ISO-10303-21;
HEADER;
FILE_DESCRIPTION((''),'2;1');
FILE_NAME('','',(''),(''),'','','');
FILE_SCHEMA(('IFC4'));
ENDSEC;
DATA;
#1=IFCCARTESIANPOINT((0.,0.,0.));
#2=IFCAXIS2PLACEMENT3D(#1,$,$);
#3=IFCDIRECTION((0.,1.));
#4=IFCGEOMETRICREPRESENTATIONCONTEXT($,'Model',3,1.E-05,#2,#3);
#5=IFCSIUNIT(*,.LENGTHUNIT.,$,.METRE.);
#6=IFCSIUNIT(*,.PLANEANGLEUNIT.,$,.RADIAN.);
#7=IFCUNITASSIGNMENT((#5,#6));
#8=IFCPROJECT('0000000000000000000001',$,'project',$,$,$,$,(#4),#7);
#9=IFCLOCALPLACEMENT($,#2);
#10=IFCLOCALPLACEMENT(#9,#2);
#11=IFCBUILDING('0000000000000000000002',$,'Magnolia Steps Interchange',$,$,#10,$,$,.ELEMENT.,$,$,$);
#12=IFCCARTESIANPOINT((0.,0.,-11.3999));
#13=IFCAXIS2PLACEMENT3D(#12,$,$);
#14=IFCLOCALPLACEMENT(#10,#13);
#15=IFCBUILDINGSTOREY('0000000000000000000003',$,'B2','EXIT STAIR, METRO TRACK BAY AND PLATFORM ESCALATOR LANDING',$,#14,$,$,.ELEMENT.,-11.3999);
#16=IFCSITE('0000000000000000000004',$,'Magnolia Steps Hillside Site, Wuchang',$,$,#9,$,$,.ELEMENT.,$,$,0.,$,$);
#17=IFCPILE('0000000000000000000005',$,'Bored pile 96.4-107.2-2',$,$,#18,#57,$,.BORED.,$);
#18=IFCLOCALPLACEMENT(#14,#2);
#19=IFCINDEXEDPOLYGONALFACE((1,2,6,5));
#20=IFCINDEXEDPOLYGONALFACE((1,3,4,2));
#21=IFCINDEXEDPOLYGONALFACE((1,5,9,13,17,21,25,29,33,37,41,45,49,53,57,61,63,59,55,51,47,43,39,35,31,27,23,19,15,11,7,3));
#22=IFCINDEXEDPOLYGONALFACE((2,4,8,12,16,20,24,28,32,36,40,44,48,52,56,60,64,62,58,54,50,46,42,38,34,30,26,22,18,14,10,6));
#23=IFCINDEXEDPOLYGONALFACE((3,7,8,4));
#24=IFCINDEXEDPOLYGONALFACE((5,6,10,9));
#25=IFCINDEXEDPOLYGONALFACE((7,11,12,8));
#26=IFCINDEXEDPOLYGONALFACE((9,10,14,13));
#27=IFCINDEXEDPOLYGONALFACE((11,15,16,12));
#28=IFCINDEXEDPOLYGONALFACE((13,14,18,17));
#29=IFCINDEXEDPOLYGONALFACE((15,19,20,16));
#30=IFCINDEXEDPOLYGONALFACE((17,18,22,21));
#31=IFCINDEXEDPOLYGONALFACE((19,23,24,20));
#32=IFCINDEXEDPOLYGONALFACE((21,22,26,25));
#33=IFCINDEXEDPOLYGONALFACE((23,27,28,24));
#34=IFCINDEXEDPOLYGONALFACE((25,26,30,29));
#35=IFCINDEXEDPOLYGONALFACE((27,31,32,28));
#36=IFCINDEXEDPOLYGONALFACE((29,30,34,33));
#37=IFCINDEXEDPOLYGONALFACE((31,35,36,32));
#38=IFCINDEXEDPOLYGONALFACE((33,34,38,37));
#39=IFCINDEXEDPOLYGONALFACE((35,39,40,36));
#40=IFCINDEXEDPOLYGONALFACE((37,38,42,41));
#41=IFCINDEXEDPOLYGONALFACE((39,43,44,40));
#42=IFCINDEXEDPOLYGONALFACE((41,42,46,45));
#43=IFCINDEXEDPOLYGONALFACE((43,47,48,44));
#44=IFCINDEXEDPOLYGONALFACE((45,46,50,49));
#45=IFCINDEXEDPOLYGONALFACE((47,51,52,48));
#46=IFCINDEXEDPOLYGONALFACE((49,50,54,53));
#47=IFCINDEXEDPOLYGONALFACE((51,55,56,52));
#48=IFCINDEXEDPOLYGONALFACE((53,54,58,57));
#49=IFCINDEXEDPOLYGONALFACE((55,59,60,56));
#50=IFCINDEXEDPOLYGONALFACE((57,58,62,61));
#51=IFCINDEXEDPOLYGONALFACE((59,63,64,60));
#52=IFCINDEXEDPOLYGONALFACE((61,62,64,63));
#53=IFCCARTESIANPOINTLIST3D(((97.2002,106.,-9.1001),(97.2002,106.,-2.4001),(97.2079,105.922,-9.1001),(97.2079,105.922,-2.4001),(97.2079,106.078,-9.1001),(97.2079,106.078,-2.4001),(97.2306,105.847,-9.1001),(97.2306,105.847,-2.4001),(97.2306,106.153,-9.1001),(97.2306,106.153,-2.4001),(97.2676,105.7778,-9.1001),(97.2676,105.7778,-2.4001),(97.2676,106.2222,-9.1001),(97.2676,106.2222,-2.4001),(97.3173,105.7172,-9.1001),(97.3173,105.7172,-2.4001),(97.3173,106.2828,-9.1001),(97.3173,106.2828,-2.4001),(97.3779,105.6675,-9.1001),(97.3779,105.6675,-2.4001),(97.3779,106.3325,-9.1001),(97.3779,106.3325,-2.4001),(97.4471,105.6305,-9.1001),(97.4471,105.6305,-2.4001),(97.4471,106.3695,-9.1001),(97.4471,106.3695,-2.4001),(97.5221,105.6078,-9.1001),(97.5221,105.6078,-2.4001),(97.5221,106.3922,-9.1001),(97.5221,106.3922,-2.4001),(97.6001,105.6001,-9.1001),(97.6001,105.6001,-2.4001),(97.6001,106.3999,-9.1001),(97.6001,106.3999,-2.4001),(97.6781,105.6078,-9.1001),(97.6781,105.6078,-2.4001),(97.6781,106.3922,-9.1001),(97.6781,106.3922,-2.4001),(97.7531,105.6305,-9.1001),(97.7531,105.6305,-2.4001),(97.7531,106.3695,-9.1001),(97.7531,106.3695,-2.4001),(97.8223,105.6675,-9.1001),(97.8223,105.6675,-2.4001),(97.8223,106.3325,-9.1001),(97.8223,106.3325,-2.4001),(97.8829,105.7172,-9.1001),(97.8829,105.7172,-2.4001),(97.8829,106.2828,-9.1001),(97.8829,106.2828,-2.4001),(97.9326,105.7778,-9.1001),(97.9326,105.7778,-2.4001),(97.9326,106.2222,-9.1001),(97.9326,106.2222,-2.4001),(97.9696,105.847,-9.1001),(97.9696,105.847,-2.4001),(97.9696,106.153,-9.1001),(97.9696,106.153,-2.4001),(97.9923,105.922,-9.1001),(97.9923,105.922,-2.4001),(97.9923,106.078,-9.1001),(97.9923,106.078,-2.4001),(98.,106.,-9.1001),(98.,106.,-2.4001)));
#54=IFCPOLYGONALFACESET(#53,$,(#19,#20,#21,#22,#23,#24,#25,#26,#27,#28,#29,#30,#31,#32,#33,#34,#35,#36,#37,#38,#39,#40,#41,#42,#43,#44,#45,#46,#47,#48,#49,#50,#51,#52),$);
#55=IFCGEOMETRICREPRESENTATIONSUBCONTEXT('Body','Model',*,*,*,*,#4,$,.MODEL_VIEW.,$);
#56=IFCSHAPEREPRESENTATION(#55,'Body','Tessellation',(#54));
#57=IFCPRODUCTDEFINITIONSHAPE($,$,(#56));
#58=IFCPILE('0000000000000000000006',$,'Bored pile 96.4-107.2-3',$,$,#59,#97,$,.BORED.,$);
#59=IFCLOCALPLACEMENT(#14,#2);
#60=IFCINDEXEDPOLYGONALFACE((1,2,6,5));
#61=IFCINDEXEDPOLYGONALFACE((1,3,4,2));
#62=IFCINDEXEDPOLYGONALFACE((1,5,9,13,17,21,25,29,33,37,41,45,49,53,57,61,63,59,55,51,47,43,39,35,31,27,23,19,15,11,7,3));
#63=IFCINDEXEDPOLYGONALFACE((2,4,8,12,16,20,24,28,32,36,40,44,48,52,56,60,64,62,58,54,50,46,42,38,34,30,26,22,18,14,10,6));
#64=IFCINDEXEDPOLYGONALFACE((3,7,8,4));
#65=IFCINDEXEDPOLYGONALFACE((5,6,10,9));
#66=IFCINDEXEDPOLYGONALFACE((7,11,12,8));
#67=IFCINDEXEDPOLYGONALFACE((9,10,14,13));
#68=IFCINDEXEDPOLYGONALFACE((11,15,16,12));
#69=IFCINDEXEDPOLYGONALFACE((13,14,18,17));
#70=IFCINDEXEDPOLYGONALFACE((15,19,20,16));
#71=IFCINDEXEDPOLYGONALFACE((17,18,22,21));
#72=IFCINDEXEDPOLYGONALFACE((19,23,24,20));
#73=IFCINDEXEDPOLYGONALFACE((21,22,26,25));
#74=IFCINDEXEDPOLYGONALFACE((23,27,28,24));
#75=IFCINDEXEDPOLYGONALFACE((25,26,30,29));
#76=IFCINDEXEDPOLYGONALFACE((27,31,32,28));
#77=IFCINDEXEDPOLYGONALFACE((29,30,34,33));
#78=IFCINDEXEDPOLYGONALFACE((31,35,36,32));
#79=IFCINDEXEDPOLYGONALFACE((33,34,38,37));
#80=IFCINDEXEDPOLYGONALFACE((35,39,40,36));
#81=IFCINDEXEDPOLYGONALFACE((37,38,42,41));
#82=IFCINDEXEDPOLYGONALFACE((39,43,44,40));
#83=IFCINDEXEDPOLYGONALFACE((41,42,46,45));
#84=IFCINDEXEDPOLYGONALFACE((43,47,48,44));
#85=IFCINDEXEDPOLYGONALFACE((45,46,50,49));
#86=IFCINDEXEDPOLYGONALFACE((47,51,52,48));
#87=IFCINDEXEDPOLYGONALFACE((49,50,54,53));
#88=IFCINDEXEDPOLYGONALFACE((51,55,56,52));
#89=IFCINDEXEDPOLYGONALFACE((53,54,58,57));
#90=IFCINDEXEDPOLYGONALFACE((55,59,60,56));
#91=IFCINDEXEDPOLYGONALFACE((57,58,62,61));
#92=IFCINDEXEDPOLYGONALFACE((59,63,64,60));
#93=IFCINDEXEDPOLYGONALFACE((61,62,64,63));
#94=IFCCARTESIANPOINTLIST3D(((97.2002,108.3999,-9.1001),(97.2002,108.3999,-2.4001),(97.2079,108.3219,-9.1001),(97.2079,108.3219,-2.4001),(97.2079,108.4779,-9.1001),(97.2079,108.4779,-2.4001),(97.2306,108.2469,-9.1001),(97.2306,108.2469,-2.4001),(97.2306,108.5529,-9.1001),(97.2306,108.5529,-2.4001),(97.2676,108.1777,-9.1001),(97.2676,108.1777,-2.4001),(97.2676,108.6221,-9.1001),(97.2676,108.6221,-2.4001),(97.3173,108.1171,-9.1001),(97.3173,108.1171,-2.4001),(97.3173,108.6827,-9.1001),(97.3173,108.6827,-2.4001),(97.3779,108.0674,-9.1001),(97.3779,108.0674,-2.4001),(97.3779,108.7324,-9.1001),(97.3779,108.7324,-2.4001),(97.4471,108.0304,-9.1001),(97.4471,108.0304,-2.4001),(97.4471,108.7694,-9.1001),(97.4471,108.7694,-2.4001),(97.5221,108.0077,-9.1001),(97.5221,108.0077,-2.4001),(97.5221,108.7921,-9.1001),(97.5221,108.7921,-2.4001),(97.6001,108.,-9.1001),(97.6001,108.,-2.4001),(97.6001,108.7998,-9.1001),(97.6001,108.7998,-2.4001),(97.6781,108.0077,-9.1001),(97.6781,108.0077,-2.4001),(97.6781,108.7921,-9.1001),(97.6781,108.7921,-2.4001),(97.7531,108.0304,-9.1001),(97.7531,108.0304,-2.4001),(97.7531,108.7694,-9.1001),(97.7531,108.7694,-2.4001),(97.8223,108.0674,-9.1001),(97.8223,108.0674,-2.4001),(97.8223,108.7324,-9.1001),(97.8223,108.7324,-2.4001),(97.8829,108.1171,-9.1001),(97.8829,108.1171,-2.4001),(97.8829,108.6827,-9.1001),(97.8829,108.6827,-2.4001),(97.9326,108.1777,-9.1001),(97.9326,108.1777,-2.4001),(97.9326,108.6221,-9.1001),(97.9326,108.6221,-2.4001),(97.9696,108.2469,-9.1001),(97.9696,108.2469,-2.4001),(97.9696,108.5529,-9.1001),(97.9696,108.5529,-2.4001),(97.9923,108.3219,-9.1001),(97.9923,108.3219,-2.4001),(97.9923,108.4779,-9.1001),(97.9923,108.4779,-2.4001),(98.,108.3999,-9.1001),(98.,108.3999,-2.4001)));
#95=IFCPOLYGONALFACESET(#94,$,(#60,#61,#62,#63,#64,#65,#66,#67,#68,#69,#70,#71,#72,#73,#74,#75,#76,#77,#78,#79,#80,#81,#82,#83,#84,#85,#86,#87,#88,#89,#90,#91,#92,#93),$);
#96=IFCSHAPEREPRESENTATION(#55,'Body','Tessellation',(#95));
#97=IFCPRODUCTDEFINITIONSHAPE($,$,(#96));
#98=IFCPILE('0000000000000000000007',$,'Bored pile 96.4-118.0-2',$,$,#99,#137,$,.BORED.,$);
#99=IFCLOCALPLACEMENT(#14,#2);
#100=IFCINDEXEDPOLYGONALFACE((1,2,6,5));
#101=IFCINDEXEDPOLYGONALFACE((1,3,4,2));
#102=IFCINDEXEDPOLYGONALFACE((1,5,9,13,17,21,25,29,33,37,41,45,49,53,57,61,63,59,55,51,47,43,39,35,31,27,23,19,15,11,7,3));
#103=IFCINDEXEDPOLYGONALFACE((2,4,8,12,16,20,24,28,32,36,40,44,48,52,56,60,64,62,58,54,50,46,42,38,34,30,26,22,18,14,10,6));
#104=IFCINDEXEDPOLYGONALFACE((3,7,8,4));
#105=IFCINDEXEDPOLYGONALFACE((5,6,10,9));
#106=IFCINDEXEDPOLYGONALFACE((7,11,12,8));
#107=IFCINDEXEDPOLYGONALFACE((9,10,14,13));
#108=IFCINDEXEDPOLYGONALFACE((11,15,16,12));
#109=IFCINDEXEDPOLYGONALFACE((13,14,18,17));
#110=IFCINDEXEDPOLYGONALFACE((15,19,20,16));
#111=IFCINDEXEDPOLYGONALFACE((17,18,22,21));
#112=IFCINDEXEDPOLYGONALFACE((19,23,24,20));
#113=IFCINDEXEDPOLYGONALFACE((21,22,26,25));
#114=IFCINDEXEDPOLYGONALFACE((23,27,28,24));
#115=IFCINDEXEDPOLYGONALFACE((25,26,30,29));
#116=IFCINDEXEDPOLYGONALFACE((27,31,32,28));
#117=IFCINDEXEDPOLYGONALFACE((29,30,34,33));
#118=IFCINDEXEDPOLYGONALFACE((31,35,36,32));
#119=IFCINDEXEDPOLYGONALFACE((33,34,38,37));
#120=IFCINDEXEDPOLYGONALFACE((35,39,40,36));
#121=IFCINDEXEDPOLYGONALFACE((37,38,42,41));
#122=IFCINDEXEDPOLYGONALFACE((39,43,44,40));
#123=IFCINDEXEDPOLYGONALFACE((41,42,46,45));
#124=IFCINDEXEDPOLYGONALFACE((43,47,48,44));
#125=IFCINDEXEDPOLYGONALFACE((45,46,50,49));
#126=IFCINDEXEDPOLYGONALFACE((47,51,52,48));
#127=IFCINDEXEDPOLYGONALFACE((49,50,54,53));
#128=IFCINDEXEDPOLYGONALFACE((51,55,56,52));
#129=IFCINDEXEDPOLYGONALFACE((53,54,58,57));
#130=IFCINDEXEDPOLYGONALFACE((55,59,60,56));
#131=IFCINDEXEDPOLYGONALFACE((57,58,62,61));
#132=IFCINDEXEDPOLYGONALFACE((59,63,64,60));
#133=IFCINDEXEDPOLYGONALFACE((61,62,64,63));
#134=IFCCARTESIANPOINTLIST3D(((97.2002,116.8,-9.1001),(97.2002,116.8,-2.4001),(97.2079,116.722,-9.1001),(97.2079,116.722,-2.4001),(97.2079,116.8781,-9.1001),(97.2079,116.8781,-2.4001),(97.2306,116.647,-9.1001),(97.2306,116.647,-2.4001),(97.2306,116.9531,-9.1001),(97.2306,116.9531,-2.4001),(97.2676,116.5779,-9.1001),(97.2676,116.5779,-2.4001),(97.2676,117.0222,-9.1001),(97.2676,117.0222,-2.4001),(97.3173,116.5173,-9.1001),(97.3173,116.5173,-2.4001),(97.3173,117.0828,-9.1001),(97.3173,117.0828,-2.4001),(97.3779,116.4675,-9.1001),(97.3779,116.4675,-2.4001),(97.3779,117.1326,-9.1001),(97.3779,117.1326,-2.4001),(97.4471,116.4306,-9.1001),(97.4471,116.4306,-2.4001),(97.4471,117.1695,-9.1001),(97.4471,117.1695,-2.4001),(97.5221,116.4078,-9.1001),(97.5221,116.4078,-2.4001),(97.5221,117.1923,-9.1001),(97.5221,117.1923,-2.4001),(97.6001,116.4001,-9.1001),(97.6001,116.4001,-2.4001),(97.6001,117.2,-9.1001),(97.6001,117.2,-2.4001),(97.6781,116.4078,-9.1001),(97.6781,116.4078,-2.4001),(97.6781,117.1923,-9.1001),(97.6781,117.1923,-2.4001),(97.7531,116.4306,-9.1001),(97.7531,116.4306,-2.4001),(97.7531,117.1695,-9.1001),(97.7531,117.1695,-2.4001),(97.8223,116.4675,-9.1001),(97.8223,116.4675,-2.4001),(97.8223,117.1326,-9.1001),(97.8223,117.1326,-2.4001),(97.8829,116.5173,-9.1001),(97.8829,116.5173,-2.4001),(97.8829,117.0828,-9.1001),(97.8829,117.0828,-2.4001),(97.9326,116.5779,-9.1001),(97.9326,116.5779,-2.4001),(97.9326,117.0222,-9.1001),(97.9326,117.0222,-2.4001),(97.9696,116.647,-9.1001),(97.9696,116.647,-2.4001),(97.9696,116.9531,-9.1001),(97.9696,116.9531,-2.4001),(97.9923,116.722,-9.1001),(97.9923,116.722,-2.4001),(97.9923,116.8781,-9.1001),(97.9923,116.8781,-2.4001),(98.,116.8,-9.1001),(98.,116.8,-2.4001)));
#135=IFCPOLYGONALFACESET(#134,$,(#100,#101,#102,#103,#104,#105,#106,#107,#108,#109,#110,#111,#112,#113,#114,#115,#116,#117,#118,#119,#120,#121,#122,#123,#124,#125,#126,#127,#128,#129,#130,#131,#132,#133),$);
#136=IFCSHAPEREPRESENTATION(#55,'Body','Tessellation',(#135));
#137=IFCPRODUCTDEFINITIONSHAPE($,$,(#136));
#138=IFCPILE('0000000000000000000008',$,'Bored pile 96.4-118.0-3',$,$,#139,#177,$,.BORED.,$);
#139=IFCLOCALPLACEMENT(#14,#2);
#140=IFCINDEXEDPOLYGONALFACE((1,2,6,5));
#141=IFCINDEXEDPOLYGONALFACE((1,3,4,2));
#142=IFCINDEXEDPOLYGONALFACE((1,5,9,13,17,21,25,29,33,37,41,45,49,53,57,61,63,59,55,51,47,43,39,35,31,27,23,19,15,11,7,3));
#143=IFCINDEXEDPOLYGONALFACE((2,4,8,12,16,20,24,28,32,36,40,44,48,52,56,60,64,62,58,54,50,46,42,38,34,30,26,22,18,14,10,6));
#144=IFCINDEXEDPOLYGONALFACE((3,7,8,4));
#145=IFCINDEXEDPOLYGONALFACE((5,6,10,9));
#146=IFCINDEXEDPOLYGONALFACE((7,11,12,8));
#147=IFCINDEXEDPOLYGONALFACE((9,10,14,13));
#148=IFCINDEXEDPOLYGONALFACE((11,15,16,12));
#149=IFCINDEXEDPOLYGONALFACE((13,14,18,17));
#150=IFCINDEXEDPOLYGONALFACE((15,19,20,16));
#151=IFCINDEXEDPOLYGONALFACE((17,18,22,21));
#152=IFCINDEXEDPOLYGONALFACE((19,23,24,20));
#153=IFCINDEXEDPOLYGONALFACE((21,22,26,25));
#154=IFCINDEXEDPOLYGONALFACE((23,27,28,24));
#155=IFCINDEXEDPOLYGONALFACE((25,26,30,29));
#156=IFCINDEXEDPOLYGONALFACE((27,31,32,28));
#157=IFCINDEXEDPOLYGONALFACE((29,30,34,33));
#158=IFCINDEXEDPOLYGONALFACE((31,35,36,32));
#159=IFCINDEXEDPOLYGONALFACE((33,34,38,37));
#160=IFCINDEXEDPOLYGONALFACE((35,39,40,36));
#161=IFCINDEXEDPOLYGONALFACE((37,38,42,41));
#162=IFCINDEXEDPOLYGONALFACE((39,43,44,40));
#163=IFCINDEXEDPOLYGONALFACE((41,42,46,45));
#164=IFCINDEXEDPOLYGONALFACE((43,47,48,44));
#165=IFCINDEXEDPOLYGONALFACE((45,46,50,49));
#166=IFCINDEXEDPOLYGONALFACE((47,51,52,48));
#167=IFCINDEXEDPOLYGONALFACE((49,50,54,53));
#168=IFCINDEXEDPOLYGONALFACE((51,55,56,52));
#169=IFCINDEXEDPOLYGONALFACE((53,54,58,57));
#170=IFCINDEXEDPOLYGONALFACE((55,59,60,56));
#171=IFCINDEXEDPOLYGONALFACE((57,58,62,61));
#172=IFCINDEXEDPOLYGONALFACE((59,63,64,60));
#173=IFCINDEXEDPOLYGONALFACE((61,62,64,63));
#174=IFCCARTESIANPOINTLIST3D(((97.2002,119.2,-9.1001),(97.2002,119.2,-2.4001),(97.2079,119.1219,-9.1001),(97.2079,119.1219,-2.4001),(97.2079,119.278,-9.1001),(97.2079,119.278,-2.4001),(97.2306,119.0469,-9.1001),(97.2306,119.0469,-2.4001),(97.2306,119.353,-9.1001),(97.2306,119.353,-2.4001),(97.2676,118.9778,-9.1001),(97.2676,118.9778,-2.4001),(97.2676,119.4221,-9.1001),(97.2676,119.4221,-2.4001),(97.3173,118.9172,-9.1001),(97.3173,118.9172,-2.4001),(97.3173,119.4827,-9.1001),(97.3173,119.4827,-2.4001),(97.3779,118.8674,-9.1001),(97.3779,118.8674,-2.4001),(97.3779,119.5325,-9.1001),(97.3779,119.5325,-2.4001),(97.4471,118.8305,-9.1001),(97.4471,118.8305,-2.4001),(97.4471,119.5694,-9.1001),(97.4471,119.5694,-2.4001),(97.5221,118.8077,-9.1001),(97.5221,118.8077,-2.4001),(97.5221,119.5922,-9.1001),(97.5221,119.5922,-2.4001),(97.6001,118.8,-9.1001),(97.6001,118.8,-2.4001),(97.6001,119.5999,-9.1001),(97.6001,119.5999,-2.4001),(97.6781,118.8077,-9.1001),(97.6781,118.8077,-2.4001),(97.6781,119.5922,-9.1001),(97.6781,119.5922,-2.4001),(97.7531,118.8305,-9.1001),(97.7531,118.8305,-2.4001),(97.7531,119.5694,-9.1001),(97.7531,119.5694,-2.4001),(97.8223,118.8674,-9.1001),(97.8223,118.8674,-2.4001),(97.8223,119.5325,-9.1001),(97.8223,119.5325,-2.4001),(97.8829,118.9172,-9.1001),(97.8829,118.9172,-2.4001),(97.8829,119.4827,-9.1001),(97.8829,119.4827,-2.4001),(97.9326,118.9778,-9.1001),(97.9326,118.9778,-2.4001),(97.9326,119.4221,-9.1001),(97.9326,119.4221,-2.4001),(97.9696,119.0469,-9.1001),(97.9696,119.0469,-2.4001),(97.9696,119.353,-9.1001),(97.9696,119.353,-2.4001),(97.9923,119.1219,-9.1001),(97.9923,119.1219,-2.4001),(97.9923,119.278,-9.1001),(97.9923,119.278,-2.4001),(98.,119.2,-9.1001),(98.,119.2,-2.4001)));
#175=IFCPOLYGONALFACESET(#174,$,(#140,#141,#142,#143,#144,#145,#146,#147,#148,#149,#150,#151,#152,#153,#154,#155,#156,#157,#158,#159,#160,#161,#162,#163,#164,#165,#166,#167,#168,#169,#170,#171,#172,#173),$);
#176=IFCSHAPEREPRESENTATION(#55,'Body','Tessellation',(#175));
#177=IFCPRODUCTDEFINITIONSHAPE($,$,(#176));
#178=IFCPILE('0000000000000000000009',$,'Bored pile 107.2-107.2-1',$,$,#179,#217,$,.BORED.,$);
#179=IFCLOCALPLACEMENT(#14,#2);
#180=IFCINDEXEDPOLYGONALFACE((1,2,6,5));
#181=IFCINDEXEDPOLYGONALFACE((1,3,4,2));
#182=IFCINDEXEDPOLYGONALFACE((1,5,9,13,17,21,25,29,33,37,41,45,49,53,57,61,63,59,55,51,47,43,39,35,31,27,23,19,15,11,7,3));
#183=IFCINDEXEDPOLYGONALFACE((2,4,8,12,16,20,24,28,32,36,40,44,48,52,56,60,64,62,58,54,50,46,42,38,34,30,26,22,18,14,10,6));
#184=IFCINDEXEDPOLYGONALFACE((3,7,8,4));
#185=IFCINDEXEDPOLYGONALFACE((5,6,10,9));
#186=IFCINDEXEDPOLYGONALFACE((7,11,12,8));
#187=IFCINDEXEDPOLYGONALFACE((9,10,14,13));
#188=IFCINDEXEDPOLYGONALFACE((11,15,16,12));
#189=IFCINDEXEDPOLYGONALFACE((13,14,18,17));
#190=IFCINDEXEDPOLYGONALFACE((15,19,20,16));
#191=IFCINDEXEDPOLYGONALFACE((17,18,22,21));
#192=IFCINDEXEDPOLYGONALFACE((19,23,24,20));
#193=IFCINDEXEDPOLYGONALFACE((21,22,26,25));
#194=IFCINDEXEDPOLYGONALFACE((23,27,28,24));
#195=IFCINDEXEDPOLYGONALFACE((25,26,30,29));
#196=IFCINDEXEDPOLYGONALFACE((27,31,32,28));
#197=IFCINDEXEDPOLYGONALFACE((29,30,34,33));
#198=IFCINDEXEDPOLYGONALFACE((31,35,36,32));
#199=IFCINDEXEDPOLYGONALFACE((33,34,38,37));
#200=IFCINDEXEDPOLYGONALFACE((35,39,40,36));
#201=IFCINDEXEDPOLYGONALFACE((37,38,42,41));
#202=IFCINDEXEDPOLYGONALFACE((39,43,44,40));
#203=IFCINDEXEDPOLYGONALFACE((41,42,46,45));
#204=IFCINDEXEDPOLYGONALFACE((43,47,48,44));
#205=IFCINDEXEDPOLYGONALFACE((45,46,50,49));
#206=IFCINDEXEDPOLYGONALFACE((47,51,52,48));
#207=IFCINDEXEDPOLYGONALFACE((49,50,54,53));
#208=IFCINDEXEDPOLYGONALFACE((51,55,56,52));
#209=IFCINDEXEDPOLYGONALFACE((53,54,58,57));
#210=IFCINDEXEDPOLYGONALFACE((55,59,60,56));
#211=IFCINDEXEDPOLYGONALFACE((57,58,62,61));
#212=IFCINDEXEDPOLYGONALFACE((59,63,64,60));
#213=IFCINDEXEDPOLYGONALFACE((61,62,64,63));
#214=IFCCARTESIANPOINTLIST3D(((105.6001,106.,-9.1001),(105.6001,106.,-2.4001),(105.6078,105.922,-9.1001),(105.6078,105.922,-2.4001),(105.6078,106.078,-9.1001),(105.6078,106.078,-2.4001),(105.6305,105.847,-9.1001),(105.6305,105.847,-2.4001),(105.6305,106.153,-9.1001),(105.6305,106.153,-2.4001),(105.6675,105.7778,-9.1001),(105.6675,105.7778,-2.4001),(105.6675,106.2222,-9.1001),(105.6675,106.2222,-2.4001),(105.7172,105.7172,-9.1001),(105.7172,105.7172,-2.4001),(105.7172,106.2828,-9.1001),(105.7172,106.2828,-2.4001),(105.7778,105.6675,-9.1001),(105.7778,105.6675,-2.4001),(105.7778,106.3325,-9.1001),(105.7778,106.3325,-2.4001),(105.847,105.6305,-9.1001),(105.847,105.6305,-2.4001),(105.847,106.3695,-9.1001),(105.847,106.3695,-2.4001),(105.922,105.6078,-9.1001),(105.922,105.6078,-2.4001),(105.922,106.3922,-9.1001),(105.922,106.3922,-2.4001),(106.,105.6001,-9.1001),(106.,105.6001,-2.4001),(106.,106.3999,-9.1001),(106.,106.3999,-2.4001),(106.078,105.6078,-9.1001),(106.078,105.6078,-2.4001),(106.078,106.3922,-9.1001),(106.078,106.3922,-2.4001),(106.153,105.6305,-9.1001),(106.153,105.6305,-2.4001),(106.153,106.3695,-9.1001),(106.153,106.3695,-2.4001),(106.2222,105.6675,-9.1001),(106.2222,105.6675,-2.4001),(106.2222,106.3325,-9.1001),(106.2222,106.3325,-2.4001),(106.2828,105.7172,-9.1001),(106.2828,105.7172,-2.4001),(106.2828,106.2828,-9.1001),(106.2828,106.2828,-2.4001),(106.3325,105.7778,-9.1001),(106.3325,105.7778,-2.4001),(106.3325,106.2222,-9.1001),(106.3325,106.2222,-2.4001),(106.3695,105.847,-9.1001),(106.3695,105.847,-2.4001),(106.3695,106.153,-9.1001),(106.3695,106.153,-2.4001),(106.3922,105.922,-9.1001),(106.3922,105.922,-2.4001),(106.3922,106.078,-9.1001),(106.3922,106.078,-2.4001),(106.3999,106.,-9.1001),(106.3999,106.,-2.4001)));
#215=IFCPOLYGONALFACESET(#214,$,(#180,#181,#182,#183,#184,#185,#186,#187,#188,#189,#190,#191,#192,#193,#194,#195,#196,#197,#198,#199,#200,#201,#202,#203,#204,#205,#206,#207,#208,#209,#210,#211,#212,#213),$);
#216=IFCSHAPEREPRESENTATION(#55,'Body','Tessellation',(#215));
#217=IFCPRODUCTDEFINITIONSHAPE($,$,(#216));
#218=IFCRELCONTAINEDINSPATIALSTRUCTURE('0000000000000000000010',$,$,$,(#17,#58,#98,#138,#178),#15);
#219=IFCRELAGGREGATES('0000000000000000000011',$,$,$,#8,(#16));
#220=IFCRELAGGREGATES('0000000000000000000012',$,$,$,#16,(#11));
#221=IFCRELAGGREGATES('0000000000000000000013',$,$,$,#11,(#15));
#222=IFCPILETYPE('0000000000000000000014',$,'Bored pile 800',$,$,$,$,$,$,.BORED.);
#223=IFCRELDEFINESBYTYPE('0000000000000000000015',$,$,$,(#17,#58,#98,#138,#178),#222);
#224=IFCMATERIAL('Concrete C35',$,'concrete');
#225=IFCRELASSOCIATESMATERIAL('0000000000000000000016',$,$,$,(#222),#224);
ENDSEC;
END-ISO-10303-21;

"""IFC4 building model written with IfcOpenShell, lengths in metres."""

from ifc_helpers import new_model, si_unit, direction, frame, origin, origin_2d, place, context, subcontext, project, spatial, circle, extrude, material, material_profile, profile_set, type_object, element, save


model = new_model("IFC4")

# Units and contexts
model_context = context("Model", 3, precision=1e-05, world=origin(), true_north=direction((0.0, 1.0)))
body_context = subcontext(model_context, "Body", "Model", "MODEL_VIEW")
ifc_project = project(units=[si_unit("LENGTHUNIT", "METRE"), si_unit("PLANEANGLEUNIT", "RADIAN")], contexts=[model_context])

# Site, building, storey
site_placement = place(None, origin())
site = spatial("IfcSite", under=ifc_project, at=site_placement, Name="Magnolia Steps Hillside Site, Wuchang", CompositionType="ELEMENT", RefElevation=0.0)
building_placement = place(site_placement, origin())
building = spatial("IfcBuilding", under=site, at=building_placement, Name="Magnolia Steps Interchange", CompositionType="ELEMENT")
storey_placement = place(building_placement, frame((0.0, 0.0, -11.3999)))
storey = spatial("IfcBuildingStorey", under=building, at=storey_placement, Name="B2", Description="EXIT STAIR, METRO TRACK BAY AND PLATFORM ESCALATOR LANDING", CompositionType="ELEMENT", Elevation=-11.3999)

# Piles
ifc_material_1 = material(Name="Concrete C35", Category="concrete")
ifc_material_profile_1 = material_profile(ifc_material_1, circle(Radius=0.3999, at=origin_2d()), Name="Bored pile 800")
ifc_profile_set_1 = profile_set([ifc_material_profile_1], Name="Concrete C35")
pile_type_1 = type_object("IfcPileType", Name="Bored pile 800", PredefinedType="BORED", material=ifc_profile_set_1)
for number, where, z_axis, x_axis, name in (
    (1, (97.6001, 106.0, -2.4001), (0.0, 0.0, -1.0), (1.0, 0.0, 0.0), "Bored pile 96.4-107.2-2"),
    (2, (97.6001, 108.3999, -2.4001), (0.0, 0.0, -1.0), (1.0, 0.0, 0.0), "Bored pile 96.4-107.2-3"),
    (3, (97.6001, 116.8, -2.4001), (0.0, 0.0, -1.0), (1.0, 0.0, 0.0), "Bored pile 96.4-118.0-2"),
    (4, (97.6001, 119.2, -2.4001), (0.0, 0.0, -1.0), (1.0, 0.0, 0.0), "Bored pile 96.4-118.0-3"),
    (5, (106.0, 106.0, -2.4001), (0.0, 0.0, -1.0), (1.0, 0.0, 0.0), "Bored pile 107.2-107.2-1"),
):
    element("IfcPile", number, at=place(storey_placement, frame(where, z_axis=z_axis, x_axis=x_axis)), inside=storey, type_object=pile_type_1, Name=name, PredefinedType="BORED", context=body_context, shape_type="SweptSolid", body=[
        extrude(circle(Radius=0.3999, at=origin_2d()), origin(), (0.0, 0.0, 1.0), 6.7),
    ])

save(model, "model.ifc")
